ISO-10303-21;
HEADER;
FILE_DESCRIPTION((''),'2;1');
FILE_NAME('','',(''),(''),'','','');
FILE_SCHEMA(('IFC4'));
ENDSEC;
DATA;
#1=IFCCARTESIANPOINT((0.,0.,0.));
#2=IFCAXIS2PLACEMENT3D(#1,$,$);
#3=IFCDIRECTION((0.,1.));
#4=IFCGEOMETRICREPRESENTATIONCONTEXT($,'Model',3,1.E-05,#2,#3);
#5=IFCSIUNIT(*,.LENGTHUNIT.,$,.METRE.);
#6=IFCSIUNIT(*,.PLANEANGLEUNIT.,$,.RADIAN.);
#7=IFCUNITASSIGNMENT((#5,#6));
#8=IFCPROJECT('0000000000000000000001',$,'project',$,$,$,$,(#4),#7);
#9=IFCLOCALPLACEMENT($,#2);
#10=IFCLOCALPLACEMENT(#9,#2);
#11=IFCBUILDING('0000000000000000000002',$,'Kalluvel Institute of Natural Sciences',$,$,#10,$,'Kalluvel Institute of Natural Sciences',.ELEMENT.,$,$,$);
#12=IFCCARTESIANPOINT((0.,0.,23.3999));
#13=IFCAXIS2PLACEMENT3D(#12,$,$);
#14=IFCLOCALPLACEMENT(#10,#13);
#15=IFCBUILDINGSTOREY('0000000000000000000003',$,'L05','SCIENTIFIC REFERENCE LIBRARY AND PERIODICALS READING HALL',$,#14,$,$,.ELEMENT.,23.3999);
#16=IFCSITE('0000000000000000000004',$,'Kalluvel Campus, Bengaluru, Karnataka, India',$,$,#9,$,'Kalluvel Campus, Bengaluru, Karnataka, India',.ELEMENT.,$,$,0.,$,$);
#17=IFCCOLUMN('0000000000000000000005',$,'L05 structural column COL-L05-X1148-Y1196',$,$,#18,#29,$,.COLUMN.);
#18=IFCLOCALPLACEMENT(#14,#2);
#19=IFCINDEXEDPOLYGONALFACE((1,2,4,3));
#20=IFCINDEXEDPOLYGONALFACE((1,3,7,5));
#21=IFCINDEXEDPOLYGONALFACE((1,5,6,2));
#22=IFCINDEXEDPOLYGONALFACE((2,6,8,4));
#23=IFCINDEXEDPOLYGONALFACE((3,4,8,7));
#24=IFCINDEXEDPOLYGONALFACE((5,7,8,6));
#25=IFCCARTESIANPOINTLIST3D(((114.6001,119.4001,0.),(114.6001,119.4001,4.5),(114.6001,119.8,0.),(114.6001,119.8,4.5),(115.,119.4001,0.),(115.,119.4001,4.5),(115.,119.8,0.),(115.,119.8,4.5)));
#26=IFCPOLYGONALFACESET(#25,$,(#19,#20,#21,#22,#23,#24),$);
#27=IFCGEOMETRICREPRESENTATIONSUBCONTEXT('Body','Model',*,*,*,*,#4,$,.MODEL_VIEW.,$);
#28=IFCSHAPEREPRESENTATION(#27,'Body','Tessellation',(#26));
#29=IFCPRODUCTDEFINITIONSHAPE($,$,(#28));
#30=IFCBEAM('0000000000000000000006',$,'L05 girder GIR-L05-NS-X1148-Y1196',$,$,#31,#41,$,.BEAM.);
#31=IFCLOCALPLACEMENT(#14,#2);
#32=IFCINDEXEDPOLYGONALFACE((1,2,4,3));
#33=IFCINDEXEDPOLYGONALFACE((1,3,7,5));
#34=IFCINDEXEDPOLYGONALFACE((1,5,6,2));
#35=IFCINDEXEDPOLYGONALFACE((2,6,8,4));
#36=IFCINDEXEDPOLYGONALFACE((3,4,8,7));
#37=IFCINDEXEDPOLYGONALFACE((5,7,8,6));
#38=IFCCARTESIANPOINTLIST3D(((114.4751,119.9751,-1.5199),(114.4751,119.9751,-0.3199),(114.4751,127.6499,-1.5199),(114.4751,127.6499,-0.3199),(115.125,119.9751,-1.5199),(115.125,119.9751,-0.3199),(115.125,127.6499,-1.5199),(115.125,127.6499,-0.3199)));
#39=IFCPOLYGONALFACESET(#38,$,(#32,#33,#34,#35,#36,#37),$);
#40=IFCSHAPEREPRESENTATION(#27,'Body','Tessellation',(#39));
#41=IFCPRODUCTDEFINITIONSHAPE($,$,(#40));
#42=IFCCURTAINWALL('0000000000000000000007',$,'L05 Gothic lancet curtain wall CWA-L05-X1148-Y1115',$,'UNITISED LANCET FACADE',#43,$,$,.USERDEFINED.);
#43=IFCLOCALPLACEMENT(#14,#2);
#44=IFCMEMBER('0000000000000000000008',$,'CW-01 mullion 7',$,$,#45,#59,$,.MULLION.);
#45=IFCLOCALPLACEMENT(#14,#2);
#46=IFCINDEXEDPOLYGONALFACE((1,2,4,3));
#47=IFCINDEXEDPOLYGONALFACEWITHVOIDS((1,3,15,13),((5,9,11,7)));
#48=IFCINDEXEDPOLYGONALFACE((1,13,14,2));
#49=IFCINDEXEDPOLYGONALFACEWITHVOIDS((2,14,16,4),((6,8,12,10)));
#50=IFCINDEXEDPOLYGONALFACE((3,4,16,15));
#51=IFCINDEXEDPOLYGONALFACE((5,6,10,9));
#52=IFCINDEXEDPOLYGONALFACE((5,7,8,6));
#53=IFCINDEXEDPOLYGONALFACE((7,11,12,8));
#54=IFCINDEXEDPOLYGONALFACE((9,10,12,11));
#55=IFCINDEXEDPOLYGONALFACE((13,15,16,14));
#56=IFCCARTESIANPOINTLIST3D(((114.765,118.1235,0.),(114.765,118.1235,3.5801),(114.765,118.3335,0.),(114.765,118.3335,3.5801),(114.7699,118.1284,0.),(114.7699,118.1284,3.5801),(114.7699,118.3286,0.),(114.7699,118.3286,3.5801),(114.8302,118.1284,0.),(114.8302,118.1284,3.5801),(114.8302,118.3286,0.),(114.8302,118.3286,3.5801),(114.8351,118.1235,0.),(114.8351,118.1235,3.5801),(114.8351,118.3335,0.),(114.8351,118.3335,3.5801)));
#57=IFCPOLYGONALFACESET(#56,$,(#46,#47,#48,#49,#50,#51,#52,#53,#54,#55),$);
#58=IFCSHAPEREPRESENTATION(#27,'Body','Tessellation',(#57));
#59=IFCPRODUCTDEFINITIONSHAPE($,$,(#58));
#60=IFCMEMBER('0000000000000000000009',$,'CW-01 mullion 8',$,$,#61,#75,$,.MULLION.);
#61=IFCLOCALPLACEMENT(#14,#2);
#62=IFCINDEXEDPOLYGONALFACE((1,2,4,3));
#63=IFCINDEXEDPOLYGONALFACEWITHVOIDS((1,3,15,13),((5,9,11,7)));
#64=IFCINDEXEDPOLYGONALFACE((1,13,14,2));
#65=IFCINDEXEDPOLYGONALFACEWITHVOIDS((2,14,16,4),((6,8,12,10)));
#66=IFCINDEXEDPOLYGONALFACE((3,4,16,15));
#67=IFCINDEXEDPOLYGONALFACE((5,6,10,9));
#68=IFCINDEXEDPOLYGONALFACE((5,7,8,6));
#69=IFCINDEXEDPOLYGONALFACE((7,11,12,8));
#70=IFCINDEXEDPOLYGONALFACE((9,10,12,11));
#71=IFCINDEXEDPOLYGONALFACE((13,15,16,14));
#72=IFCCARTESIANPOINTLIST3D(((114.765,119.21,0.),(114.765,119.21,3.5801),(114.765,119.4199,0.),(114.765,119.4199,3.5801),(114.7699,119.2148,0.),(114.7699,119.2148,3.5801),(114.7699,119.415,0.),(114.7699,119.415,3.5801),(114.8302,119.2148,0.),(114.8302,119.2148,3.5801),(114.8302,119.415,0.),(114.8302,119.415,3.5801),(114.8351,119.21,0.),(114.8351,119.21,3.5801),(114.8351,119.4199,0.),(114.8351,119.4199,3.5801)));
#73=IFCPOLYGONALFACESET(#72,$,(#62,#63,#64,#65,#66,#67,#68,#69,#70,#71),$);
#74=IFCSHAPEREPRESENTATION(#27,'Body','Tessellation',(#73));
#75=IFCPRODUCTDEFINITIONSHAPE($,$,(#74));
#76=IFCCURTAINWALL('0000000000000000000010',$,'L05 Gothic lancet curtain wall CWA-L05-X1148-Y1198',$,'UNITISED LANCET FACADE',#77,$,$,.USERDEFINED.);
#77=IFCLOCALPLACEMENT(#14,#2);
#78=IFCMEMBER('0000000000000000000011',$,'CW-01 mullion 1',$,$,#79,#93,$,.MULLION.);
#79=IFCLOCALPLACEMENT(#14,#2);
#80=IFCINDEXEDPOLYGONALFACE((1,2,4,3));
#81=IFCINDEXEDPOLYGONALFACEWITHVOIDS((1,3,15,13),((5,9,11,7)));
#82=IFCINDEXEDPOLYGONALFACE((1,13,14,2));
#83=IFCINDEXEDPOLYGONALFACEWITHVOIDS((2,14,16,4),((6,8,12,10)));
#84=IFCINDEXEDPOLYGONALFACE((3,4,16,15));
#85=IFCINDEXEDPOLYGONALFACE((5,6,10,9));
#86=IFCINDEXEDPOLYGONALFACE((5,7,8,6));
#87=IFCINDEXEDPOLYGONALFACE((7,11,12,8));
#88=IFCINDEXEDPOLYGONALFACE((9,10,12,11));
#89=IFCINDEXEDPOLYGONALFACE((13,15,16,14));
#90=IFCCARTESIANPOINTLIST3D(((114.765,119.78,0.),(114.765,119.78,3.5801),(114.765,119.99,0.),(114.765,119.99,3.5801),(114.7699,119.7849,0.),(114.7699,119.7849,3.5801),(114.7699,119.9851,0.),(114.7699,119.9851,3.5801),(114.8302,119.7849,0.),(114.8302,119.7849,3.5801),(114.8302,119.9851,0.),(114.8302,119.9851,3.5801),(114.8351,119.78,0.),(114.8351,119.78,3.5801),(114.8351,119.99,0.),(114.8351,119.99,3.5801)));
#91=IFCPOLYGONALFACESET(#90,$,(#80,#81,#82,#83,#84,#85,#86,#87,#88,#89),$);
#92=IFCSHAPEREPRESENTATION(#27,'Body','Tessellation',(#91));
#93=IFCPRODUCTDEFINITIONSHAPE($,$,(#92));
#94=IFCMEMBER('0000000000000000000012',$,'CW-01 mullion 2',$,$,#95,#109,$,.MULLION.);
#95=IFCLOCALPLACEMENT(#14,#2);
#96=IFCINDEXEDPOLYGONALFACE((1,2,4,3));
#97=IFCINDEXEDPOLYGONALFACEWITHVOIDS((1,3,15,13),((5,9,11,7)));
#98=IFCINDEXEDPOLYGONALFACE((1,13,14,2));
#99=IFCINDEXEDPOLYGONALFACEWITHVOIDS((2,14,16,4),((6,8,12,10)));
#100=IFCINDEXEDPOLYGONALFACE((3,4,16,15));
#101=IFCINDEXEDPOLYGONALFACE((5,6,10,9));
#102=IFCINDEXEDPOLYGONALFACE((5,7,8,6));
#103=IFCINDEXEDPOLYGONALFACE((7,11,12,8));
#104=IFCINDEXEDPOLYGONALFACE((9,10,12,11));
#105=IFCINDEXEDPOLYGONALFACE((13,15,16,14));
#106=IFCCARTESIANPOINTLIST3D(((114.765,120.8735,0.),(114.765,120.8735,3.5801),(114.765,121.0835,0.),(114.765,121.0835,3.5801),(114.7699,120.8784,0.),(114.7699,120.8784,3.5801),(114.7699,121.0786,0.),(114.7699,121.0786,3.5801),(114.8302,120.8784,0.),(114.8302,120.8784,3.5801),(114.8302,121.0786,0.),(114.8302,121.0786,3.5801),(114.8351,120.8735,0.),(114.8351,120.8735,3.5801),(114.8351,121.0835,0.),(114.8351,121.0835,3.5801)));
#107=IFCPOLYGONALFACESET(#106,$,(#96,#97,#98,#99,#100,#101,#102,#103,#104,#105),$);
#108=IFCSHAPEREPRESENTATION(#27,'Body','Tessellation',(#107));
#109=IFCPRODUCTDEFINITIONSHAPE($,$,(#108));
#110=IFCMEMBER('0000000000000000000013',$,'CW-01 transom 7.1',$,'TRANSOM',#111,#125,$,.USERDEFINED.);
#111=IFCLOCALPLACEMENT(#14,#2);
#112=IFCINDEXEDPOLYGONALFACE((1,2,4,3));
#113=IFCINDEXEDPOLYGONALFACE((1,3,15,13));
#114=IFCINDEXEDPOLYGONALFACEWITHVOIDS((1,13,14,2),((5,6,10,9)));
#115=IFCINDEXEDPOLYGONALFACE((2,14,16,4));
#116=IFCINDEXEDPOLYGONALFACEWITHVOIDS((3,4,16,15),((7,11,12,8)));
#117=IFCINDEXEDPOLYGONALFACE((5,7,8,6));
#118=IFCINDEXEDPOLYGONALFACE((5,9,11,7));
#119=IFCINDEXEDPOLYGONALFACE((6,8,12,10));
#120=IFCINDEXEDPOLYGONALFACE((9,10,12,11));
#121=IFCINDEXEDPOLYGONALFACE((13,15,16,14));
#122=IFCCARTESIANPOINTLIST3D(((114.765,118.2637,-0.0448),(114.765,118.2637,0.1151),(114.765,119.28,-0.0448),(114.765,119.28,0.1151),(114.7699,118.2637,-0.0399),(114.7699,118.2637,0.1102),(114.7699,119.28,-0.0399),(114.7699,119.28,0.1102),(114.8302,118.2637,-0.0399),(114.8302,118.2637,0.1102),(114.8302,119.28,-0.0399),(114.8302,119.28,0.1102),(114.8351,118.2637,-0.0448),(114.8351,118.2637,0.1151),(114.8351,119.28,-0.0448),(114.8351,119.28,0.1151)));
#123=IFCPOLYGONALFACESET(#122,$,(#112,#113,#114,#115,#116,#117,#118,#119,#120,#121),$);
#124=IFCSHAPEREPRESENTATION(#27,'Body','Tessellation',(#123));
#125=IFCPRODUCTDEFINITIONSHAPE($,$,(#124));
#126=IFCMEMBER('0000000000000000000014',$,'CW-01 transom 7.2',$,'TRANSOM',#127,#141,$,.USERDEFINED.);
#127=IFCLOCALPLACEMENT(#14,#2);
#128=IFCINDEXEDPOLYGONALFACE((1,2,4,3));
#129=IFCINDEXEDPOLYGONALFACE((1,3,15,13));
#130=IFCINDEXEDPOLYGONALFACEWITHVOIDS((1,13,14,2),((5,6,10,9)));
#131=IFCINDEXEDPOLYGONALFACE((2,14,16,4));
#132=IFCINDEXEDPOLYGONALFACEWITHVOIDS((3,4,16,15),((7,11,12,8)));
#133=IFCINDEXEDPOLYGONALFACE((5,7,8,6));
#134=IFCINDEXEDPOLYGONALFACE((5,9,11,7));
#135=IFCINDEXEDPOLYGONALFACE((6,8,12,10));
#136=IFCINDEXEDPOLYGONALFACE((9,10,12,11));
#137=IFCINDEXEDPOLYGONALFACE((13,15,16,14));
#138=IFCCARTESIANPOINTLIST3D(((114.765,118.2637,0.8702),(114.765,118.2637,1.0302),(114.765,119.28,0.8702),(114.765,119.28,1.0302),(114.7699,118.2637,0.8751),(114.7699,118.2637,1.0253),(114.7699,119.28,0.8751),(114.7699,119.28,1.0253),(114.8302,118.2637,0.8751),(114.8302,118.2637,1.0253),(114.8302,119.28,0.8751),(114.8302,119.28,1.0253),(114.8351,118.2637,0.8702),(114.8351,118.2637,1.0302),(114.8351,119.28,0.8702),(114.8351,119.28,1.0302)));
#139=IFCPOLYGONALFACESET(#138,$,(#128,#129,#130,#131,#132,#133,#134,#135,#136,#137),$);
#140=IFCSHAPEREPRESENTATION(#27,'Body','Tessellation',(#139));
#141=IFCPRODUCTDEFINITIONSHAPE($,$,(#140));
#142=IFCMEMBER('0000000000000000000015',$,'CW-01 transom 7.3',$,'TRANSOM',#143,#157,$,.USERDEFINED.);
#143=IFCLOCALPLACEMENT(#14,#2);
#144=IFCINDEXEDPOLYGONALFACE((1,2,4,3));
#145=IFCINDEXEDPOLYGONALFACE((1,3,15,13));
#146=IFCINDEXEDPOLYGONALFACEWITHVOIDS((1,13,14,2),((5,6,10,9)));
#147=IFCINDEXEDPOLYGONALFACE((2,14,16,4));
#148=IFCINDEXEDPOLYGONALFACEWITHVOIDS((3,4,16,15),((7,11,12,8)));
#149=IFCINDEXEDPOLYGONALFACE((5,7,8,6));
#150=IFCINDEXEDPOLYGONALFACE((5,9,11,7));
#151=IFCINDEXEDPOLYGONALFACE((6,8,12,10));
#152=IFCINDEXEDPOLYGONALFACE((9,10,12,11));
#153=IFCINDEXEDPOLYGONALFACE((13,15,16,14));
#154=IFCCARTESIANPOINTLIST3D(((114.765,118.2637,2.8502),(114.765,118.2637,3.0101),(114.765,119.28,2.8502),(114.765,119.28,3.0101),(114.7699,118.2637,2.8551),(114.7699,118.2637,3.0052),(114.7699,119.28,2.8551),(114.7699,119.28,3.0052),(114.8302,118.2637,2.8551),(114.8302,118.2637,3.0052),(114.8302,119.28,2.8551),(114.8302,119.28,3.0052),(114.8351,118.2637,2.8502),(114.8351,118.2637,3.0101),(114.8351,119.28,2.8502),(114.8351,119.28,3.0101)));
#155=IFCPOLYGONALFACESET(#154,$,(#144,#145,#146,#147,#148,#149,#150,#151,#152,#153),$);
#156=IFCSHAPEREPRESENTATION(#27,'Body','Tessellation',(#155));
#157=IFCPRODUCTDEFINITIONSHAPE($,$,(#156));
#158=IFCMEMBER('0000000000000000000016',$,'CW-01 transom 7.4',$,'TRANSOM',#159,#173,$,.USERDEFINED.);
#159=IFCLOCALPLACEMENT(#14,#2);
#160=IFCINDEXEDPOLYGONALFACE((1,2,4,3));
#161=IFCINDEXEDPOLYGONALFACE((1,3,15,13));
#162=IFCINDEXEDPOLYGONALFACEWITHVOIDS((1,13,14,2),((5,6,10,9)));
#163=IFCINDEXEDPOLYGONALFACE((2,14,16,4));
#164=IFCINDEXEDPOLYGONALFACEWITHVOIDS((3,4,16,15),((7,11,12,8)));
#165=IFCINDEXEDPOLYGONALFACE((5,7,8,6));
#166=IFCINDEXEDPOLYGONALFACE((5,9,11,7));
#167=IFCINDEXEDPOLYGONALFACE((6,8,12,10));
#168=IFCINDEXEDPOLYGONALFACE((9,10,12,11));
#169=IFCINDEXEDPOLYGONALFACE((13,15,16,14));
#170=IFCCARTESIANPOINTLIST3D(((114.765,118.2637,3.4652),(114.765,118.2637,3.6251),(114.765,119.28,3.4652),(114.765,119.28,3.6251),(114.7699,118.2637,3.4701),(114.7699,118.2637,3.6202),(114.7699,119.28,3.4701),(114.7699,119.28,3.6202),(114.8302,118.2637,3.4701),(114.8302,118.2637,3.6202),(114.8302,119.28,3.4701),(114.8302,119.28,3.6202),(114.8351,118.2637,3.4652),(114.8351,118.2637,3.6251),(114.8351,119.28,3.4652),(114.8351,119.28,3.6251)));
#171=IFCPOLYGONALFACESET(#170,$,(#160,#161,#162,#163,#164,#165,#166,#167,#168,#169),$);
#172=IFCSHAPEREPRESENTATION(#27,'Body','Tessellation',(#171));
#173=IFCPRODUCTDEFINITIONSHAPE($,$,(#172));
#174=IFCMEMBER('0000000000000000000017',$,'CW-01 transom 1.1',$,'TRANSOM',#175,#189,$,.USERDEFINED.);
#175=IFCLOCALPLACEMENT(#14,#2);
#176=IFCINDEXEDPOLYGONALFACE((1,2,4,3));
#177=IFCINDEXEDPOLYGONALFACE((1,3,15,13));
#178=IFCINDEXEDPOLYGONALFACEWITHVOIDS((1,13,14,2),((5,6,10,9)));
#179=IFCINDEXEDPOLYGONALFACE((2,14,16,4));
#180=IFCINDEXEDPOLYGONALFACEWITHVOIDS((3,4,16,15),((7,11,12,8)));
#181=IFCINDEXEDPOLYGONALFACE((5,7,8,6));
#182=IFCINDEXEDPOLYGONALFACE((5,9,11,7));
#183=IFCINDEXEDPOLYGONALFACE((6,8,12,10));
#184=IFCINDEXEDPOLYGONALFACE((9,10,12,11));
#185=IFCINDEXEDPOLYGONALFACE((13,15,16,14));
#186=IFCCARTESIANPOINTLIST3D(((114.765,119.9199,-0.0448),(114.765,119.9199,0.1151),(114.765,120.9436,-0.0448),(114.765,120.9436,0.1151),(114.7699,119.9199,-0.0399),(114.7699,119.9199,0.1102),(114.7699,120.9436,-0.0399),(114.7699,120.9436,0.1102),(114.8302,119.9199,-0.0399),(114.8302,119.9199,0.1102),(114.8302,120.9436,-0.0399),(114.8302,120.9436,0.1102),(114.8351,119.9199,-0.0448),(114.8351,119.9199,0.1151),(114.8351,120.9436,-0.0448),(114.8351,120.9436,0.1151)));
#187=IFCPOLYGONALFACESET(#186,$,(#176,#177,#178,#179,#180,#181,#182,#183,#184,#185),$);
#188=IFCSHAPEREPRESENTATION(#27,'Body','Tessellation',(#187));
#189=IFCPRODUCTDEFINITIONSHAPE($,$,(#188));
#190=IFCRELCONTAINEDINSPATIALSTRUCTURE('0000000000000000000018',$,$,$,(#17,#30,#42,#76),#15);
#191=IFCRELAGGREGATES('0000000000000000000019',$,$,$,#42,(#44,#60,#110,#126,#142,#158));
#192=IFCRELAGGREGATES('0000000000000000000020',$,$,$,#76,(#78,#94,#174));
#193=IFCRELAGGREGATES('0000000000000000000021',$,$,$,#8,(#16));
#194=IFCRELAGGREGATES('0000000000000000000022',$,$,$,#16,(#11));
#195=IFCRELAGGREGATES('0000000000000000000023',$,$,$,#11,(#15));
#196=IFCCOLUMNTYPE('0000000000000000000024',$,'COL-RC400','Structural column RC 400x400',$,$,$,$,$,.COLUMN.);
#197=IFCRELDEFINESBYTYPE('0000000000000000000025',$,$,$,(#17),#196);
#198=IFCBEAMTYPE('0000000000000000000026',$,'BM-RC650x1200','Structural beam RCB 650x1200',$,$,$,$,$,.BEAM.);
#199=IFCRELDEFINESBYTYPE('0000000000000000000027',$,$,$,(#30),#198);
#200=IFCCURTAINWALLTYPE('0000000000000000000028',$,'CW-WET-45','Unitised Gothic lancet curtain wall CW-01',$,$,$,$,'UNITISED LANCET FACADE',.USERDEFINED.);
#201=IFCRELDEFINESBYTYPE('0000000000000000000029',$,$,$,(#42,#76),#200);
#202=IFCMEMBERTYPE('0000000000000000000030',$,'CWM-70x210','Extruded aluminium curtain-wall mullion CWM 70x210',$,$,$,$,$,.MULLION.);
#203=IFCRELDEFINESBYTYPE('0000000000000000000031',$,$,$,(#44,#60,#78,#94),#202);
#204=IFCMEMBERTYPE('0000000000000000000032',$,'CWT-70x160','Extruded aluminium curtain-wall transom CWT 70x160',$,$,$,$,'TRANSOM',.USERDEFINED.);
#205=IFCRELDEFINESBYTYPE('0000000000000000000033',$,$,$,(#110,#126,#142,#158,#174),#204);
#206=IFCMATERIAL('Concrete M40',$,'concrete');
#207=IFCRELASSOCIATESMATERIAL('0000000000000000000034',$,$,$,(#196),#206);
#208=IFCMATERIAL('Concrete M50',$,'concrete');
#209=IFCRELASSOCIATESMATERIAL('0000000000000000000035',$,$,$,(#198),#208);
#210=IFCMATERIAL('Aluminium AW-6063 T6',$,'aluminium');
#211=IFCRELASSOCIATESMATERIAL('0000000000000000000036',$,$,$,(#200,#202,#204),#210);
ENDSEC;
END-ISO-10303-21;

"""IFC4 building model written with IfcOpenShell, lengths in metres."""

from ifc_helpers import new_model, si_unit, direction, frame, origin, origin_2d, place, context, subcontext, project, spatial, rectangle, hollow_rectangle, extrude, material, material_profile, profile_set, type_object, element, aggregate, save


model = new_model("IFC4")

# Units and contexts
model_context = context("Model", 3, precision=1e-05, world=origin(), true_north=direction((0.0, 1.0)))
body_context = subcontext(model_context, "Body", "Model", "MODEL_VIEW")
ifc_project = project(units=[si_unit("LENGTHUNIT", "METRE"), si_unit("PLANEANGLEUNIT", "RADIAN")], contexts=[model_context])

# Site, building, storey
site_placement = place(None, origin())
site = spatial("IfcSite", under=ifc_project, at=site_placement, Name="Kalluvel Campus, Bengaluru, Karnataka, India", LongName="Kalluvel Campus, Bengaluru, Karnataka, India", CompositionType="ELEMENT", RefElevation=0.0)
building_placement = place(site_placement, origin())
building = spatial("IfcBuilding", under=site, at=building_placement, Name="Kalluvel Institute of Natural Sciences", LongName="Kalluvel Institute of Natural Sciences", CompositionType="ELEMENT")
storey_placement = place(building_placement, frame((0.0, 0.0, 23.3999)))
storey = spatial("IfcBuildingStorey", under=building, at=storey_placement, Name="L05", Description="SCIENTIFIC REFERENCE LIBRARY AND PERIODICALS READING HALL", CompositionType="ELEMENT", Elevation=23.3999)

# Column
ifc_material_1 = material(Name="Concrete M40", Category="concrete")
ifc_material_profile_1 = material_profile(ifc_material_1, rectangle(XDim=0.3999, YDim=0.3999, at=origin_2d()), Name="RC 400x400")
ifc_profile_set_1 = profile_set([ifc_material_profile_1], Name="Concrete M40")
column_type = type_object("IfcColumnType", Name="COL-RC400", Description="Structural column RC 400x400", PredefinedType="COLUMN", material=ifc_profile_set_1)
column_placement = place(storey_placement, frame((114.8, 119.6001, 0.0), z_axis=(0.0, 0.0, 1.0), x_axis=(1.0, 0.0, 0.0)))
element("IfcColumn", 1, at=column_placement, inside=storey, type_object=column_type, Name="L05 structural column COL-L05-X1148-Y1196", PredefinedType="COLUMN", context=body_context, shape_type="SweptSolid", body=[
    extrude(rectangle(XDim=0.3999, YDim=0.3999, at=origin_2d()), origin(), (0.0, 0.0, 1.0), 4.5),
])

# Beam
ifc_material_2 = material(Name="Concrete M50", Category="concrete")
ifc_material_profile_2 = material_profile(ifc_material_2, rectangle(XDim=0.6499, YDim=1.2, at=origin_2d()), Name="RCB 650x1200")
ifc_profile_set_2 = profile_set([ifc_material_profile_2], Name="Concrete M50")
beam_type_1 = type_object("IfcBeamType", Name="BM-RC650x1200", Description="Structural beam RCB 650x1200", PredefinedType="BEAM", material=ifc_profile_set_2)
beam_1_placement = place(storey_placement, frame((114.8, 119.9751, -0.9199), z_axis=(0.0, 1.0, 0.0), x_axis=(-1.0, 0.0, 0.0)))
element("IfcBeam", 2, at=beam_1_placement, inside=storey, type_object=beam_type_1, Name="L05 girder GIR-L05-NS-X1148-Y1196", PredefinedType="BEAM", context=body_context, shape_type="SweptSolid", body=[
    extrude(rectangle(XDim=0.6499, YDim=1.2, at=origin_2d()), origin(), (0.0, 0.0, 1.0), 7.6748),
])

# Curtain walls, members
ifc_material_3 = material(Name="Aluminium AW-6063 T6", Category="aluminium")
curtain_wall_type = type_object("IfcCurtainWallType", Name="CW-WET-45", Description="Unitised Gothic lancet curtain wall CW-01", ElementType="UNITISED LANCET FACADE", PredefinedType="USERDEFINED", material=ifc_material_3)
curtain_wall_1_placement = place(storey_placement, origin())
curtain_wall_1 = element("IfcCurtainWall", 3, at=curtain_wall_1_placement, inside=storey, type_object=curtain_wall_type, Name="L05 Gothic lancet curtain wall CWA-L05-X1148-Y1115", ObjectType="UNITISED LANCET FACADE", PredefinedType="USERDEFINED")
ifc_material_profile_3 = material_profile(ifc_material_3, hollow_rectangle(XDim=0.0701, YDim=0.21, WallThickness=0.0049, at=origin_2d()), Name="CWM 70x210")
ifc_profile_set_3 = profile_set([ifc_material_profile_3], Name="Aluminium AW-6063 T6")
member_type_1 = type_object("IfcMemberType", Name="CWM-70x210", Description="Extruded aluminium curtain-wall mullion CWM 70x210", PredefinedType="MULLION", material=ifc_profile_set_3)
member_1_placement = place(storey_placement, frame((114.8, 118.2285, 0.0), z_axis=(0.0, 0.0, 1.0), x_axis=(-1.0, 0.0, 0.0)))
member_1 = element("IfcMember", 4, at=member_1_placement, type_object=member_type_1, Name="CW-01 mullion 7", PredefinedType="MULLION", context=body_context, shape_type="SweptSolid", body=[
    extrude(hollow_rectangle(XDim=0.0701, YDim=0.21, WallThickness=0.0049, at=origin_2d()), origin(), (0.0, 0.0, 1.0), 3.5801),
])
member_2_placement = place(storey_placement, frame((114.8, 119.3149, 0.0), z_axis=(0.0, 0.0, 1.0), x_axis=(-1.0, 0.0, 0.0)))
member_2 = element("IfcMember", 5, at=member_2_placement, type_object=member_type_1, Name="CW-01 mullion 8", PredefinedType="MULLION", context=body_context, shape_type="SweptSolid", body=[
    extrude(hollow_rectangle(XDim=0.0701, YDim=0.21, WallThickness=0.0049, at=origin_2d()), origin(), (0.0, 0.0, 1.0), 3.5801),
])
curtain_wall_2_placement = place(storey_placement, origin())
curtain_wall_2 = element("IfcCurtainWall", 6, at=curtain_wall_2_placement, inside=storey, type_object=curtain_wall_type, Name="L05 Gothic lancet curtain wall CWA-L05-X1148-Y1198", ObjectType="UNITISED LANCET FACADE", PredefinedType="USERDEFINED")
member_3_placement = place(storey_placement, frame((114.8, 119.885, 0.0), z_axis=(0.0, 0.0, 1.0), x_axis=(-1.0, 0.0, 0.0)))
member_3 = element("IfcMember", 7, at=member_3_placement, type_object=member_type_1, Name="CW-01 mullion 1", PredefinedType="MULLION", context=body_context, shape_type="SweptSolid", body=[
    extrude(hollow_rectangle(XDim=0.0701, YDim=0.21, WallThickness=0.0049, at=origin_2d()), origin(), (0.0, 0.0, 1.0), 3.5801),
])
member_4_placement = place(storey_placement, frame((114.8, 120.9785, 0.0), z_axis=(0.0, 0.0, 1.0), x_axis=(-1.0, 0.0, 0.0)))
member_4 = element("IfcMember", 8, at=member_4_placement, type_object=member_type_1, Name="CW-01 mullion 2", PredefinedType="MULLION", context=body_context, shape_type="SweptSolid", body=[
    extrude(hollow_rectangle(XDim=0.0701, YDim=0.21, WallThickness=0.0049, at=origin_2d()), origin(), (0.0, 0.0, 1.0), 3.5801),
])

# Members
ifc_material_profile_4 = material_profile(ifc_material_3, hollow_rectangle(XDim=0.0701, YDim=0.1599, WallThickness=0.0049, at=origin_2d()), Name="CWT 70x160")
ifc_profile_set_4 = profile_set([ifc_material_profile_4], Name="Aluminium AW-6063 T6")
member_type_2 = type_object("IfcMemberType", Name="CWT-70x160", Description="Extruded aluminium curtain-wall transom CWT 70x160", ElementType="TRANSOM", PredefinedType="USERDEFINED", material=ifc_profile_set_4)
member_5_placement = place(storey_placement, frame((114.8, 118.2637, 0.0352), z_axis=(0.0, 1.0, 0.0), x_axis=(-1.0, 0.0, 0.0)))
member_5 = element("IfcMember", 9, at=member_5_placement, type_object=member_type_2, Name="CW-01 transom 7.1", ObjectType="TRANSOM", PredefinedType="USERDEFINED", context=body_context, shape_type="SweptSolid", body=[
    extrude(hollow_rectangle(XDim=0.0701, YDim=0.1599, WallThickness=0.0049, at=origin_2d()), origin(), (0.0, 0.0, 1.0), 1.0164),
])
member_6_placement = place(storey_placement, frame((114.8, 118.2637, 0.9502), z_axis=(0.0, 1.0, 0.0), x_axis=(-1.0, 0.0, 0.0)))
member_6 = element("IfcMember", 10, at=member_6_placement, type_object=member_type_2, Name="CW-01 transom 7.2", ObjectType="TRANSOM", PredefinedType="USERDEFINED", context=body_context, shape_type="SweptSolid", body=[
    extrude(hollow_rectangle(XDim=0.0701, YDim=0.1599, WallThickness=0.0049, at=origin_2d()), origin(), (0.0, 0.0, 1.0), 1.0164),
])
member_7_placement = place(storey_placement, frame((114.8, 118.2637, 2.9302), z_axis=(0.0, 1.0, 0.0), x_axis=(-1.0, 0.0, 0.0)))
member_7 = element("IfcMember", 11, at=member_7_placement, type_object=member_type_2, Name="CW-01 transom 7.3", ObjectType="TRANSOM", PredefinedType="USERDEFINED", context=body_context, shape_type="SweptSolid", body=[
    extrude(hollow_rectangle(XDim=0.0701, YDim=0.1599, WallThickness=0.0049, at=origin_2d()), origin(), (0.0, 0.0, 1.0), 1.0164),
])
member_8_placement = place(storey_placement, frame((114.8, 118.2637, 3.5452), z_axis=(0.0, 1.0, 0.0), x_axis=(-1.0, 0.0, 0.0)))
member_8 = element("IfcMember", 12, at=member_8_placement, type_object=member_type_2, Name="CW-01 transom 7.4", ObjectType="TRANSOM", PredefinedType="USERDEFINED", context=body_context, shape_type="SweptSolid", body=[
    extrude(hollow_rectangle(XDim=0.0701, YDim=0.1599, WallThickness=0.0049, at=origin_2d()), origin(), (0.0, 0.0, 1.0), 1.0164),
])
member_9_placement = place(storey_placement, frame((114.8, 119.9199, 0.0352), z_axis=(0.0, 1.0, 0.0), x_axis=(-1.0, 0.0, 0.0)))
member_9 = element("IfcMember", 13, at=member_9_placement, type_object=member_type_2, Name="CW-01 transom 1.1", ObjectType="TRANSOM", PredefinedType="USERDEFINED", context=body_context, shape_type="SweptSolid", body=[
    extrude(hollow_rectangle(XDim=0.0701, YDim=0.1599, WallThickness=0.0049, at=origin_2d()), origin(), (0.0, 0.0, 1.0), 1.0237),
])

aggregate(curtain_wall_1, [member_1, member_2, member_5, member_6, member_7, member_8])
aggregate(curtain_wall_2, [member_3, member_4, member_9])

save(model, "model.ifc")
